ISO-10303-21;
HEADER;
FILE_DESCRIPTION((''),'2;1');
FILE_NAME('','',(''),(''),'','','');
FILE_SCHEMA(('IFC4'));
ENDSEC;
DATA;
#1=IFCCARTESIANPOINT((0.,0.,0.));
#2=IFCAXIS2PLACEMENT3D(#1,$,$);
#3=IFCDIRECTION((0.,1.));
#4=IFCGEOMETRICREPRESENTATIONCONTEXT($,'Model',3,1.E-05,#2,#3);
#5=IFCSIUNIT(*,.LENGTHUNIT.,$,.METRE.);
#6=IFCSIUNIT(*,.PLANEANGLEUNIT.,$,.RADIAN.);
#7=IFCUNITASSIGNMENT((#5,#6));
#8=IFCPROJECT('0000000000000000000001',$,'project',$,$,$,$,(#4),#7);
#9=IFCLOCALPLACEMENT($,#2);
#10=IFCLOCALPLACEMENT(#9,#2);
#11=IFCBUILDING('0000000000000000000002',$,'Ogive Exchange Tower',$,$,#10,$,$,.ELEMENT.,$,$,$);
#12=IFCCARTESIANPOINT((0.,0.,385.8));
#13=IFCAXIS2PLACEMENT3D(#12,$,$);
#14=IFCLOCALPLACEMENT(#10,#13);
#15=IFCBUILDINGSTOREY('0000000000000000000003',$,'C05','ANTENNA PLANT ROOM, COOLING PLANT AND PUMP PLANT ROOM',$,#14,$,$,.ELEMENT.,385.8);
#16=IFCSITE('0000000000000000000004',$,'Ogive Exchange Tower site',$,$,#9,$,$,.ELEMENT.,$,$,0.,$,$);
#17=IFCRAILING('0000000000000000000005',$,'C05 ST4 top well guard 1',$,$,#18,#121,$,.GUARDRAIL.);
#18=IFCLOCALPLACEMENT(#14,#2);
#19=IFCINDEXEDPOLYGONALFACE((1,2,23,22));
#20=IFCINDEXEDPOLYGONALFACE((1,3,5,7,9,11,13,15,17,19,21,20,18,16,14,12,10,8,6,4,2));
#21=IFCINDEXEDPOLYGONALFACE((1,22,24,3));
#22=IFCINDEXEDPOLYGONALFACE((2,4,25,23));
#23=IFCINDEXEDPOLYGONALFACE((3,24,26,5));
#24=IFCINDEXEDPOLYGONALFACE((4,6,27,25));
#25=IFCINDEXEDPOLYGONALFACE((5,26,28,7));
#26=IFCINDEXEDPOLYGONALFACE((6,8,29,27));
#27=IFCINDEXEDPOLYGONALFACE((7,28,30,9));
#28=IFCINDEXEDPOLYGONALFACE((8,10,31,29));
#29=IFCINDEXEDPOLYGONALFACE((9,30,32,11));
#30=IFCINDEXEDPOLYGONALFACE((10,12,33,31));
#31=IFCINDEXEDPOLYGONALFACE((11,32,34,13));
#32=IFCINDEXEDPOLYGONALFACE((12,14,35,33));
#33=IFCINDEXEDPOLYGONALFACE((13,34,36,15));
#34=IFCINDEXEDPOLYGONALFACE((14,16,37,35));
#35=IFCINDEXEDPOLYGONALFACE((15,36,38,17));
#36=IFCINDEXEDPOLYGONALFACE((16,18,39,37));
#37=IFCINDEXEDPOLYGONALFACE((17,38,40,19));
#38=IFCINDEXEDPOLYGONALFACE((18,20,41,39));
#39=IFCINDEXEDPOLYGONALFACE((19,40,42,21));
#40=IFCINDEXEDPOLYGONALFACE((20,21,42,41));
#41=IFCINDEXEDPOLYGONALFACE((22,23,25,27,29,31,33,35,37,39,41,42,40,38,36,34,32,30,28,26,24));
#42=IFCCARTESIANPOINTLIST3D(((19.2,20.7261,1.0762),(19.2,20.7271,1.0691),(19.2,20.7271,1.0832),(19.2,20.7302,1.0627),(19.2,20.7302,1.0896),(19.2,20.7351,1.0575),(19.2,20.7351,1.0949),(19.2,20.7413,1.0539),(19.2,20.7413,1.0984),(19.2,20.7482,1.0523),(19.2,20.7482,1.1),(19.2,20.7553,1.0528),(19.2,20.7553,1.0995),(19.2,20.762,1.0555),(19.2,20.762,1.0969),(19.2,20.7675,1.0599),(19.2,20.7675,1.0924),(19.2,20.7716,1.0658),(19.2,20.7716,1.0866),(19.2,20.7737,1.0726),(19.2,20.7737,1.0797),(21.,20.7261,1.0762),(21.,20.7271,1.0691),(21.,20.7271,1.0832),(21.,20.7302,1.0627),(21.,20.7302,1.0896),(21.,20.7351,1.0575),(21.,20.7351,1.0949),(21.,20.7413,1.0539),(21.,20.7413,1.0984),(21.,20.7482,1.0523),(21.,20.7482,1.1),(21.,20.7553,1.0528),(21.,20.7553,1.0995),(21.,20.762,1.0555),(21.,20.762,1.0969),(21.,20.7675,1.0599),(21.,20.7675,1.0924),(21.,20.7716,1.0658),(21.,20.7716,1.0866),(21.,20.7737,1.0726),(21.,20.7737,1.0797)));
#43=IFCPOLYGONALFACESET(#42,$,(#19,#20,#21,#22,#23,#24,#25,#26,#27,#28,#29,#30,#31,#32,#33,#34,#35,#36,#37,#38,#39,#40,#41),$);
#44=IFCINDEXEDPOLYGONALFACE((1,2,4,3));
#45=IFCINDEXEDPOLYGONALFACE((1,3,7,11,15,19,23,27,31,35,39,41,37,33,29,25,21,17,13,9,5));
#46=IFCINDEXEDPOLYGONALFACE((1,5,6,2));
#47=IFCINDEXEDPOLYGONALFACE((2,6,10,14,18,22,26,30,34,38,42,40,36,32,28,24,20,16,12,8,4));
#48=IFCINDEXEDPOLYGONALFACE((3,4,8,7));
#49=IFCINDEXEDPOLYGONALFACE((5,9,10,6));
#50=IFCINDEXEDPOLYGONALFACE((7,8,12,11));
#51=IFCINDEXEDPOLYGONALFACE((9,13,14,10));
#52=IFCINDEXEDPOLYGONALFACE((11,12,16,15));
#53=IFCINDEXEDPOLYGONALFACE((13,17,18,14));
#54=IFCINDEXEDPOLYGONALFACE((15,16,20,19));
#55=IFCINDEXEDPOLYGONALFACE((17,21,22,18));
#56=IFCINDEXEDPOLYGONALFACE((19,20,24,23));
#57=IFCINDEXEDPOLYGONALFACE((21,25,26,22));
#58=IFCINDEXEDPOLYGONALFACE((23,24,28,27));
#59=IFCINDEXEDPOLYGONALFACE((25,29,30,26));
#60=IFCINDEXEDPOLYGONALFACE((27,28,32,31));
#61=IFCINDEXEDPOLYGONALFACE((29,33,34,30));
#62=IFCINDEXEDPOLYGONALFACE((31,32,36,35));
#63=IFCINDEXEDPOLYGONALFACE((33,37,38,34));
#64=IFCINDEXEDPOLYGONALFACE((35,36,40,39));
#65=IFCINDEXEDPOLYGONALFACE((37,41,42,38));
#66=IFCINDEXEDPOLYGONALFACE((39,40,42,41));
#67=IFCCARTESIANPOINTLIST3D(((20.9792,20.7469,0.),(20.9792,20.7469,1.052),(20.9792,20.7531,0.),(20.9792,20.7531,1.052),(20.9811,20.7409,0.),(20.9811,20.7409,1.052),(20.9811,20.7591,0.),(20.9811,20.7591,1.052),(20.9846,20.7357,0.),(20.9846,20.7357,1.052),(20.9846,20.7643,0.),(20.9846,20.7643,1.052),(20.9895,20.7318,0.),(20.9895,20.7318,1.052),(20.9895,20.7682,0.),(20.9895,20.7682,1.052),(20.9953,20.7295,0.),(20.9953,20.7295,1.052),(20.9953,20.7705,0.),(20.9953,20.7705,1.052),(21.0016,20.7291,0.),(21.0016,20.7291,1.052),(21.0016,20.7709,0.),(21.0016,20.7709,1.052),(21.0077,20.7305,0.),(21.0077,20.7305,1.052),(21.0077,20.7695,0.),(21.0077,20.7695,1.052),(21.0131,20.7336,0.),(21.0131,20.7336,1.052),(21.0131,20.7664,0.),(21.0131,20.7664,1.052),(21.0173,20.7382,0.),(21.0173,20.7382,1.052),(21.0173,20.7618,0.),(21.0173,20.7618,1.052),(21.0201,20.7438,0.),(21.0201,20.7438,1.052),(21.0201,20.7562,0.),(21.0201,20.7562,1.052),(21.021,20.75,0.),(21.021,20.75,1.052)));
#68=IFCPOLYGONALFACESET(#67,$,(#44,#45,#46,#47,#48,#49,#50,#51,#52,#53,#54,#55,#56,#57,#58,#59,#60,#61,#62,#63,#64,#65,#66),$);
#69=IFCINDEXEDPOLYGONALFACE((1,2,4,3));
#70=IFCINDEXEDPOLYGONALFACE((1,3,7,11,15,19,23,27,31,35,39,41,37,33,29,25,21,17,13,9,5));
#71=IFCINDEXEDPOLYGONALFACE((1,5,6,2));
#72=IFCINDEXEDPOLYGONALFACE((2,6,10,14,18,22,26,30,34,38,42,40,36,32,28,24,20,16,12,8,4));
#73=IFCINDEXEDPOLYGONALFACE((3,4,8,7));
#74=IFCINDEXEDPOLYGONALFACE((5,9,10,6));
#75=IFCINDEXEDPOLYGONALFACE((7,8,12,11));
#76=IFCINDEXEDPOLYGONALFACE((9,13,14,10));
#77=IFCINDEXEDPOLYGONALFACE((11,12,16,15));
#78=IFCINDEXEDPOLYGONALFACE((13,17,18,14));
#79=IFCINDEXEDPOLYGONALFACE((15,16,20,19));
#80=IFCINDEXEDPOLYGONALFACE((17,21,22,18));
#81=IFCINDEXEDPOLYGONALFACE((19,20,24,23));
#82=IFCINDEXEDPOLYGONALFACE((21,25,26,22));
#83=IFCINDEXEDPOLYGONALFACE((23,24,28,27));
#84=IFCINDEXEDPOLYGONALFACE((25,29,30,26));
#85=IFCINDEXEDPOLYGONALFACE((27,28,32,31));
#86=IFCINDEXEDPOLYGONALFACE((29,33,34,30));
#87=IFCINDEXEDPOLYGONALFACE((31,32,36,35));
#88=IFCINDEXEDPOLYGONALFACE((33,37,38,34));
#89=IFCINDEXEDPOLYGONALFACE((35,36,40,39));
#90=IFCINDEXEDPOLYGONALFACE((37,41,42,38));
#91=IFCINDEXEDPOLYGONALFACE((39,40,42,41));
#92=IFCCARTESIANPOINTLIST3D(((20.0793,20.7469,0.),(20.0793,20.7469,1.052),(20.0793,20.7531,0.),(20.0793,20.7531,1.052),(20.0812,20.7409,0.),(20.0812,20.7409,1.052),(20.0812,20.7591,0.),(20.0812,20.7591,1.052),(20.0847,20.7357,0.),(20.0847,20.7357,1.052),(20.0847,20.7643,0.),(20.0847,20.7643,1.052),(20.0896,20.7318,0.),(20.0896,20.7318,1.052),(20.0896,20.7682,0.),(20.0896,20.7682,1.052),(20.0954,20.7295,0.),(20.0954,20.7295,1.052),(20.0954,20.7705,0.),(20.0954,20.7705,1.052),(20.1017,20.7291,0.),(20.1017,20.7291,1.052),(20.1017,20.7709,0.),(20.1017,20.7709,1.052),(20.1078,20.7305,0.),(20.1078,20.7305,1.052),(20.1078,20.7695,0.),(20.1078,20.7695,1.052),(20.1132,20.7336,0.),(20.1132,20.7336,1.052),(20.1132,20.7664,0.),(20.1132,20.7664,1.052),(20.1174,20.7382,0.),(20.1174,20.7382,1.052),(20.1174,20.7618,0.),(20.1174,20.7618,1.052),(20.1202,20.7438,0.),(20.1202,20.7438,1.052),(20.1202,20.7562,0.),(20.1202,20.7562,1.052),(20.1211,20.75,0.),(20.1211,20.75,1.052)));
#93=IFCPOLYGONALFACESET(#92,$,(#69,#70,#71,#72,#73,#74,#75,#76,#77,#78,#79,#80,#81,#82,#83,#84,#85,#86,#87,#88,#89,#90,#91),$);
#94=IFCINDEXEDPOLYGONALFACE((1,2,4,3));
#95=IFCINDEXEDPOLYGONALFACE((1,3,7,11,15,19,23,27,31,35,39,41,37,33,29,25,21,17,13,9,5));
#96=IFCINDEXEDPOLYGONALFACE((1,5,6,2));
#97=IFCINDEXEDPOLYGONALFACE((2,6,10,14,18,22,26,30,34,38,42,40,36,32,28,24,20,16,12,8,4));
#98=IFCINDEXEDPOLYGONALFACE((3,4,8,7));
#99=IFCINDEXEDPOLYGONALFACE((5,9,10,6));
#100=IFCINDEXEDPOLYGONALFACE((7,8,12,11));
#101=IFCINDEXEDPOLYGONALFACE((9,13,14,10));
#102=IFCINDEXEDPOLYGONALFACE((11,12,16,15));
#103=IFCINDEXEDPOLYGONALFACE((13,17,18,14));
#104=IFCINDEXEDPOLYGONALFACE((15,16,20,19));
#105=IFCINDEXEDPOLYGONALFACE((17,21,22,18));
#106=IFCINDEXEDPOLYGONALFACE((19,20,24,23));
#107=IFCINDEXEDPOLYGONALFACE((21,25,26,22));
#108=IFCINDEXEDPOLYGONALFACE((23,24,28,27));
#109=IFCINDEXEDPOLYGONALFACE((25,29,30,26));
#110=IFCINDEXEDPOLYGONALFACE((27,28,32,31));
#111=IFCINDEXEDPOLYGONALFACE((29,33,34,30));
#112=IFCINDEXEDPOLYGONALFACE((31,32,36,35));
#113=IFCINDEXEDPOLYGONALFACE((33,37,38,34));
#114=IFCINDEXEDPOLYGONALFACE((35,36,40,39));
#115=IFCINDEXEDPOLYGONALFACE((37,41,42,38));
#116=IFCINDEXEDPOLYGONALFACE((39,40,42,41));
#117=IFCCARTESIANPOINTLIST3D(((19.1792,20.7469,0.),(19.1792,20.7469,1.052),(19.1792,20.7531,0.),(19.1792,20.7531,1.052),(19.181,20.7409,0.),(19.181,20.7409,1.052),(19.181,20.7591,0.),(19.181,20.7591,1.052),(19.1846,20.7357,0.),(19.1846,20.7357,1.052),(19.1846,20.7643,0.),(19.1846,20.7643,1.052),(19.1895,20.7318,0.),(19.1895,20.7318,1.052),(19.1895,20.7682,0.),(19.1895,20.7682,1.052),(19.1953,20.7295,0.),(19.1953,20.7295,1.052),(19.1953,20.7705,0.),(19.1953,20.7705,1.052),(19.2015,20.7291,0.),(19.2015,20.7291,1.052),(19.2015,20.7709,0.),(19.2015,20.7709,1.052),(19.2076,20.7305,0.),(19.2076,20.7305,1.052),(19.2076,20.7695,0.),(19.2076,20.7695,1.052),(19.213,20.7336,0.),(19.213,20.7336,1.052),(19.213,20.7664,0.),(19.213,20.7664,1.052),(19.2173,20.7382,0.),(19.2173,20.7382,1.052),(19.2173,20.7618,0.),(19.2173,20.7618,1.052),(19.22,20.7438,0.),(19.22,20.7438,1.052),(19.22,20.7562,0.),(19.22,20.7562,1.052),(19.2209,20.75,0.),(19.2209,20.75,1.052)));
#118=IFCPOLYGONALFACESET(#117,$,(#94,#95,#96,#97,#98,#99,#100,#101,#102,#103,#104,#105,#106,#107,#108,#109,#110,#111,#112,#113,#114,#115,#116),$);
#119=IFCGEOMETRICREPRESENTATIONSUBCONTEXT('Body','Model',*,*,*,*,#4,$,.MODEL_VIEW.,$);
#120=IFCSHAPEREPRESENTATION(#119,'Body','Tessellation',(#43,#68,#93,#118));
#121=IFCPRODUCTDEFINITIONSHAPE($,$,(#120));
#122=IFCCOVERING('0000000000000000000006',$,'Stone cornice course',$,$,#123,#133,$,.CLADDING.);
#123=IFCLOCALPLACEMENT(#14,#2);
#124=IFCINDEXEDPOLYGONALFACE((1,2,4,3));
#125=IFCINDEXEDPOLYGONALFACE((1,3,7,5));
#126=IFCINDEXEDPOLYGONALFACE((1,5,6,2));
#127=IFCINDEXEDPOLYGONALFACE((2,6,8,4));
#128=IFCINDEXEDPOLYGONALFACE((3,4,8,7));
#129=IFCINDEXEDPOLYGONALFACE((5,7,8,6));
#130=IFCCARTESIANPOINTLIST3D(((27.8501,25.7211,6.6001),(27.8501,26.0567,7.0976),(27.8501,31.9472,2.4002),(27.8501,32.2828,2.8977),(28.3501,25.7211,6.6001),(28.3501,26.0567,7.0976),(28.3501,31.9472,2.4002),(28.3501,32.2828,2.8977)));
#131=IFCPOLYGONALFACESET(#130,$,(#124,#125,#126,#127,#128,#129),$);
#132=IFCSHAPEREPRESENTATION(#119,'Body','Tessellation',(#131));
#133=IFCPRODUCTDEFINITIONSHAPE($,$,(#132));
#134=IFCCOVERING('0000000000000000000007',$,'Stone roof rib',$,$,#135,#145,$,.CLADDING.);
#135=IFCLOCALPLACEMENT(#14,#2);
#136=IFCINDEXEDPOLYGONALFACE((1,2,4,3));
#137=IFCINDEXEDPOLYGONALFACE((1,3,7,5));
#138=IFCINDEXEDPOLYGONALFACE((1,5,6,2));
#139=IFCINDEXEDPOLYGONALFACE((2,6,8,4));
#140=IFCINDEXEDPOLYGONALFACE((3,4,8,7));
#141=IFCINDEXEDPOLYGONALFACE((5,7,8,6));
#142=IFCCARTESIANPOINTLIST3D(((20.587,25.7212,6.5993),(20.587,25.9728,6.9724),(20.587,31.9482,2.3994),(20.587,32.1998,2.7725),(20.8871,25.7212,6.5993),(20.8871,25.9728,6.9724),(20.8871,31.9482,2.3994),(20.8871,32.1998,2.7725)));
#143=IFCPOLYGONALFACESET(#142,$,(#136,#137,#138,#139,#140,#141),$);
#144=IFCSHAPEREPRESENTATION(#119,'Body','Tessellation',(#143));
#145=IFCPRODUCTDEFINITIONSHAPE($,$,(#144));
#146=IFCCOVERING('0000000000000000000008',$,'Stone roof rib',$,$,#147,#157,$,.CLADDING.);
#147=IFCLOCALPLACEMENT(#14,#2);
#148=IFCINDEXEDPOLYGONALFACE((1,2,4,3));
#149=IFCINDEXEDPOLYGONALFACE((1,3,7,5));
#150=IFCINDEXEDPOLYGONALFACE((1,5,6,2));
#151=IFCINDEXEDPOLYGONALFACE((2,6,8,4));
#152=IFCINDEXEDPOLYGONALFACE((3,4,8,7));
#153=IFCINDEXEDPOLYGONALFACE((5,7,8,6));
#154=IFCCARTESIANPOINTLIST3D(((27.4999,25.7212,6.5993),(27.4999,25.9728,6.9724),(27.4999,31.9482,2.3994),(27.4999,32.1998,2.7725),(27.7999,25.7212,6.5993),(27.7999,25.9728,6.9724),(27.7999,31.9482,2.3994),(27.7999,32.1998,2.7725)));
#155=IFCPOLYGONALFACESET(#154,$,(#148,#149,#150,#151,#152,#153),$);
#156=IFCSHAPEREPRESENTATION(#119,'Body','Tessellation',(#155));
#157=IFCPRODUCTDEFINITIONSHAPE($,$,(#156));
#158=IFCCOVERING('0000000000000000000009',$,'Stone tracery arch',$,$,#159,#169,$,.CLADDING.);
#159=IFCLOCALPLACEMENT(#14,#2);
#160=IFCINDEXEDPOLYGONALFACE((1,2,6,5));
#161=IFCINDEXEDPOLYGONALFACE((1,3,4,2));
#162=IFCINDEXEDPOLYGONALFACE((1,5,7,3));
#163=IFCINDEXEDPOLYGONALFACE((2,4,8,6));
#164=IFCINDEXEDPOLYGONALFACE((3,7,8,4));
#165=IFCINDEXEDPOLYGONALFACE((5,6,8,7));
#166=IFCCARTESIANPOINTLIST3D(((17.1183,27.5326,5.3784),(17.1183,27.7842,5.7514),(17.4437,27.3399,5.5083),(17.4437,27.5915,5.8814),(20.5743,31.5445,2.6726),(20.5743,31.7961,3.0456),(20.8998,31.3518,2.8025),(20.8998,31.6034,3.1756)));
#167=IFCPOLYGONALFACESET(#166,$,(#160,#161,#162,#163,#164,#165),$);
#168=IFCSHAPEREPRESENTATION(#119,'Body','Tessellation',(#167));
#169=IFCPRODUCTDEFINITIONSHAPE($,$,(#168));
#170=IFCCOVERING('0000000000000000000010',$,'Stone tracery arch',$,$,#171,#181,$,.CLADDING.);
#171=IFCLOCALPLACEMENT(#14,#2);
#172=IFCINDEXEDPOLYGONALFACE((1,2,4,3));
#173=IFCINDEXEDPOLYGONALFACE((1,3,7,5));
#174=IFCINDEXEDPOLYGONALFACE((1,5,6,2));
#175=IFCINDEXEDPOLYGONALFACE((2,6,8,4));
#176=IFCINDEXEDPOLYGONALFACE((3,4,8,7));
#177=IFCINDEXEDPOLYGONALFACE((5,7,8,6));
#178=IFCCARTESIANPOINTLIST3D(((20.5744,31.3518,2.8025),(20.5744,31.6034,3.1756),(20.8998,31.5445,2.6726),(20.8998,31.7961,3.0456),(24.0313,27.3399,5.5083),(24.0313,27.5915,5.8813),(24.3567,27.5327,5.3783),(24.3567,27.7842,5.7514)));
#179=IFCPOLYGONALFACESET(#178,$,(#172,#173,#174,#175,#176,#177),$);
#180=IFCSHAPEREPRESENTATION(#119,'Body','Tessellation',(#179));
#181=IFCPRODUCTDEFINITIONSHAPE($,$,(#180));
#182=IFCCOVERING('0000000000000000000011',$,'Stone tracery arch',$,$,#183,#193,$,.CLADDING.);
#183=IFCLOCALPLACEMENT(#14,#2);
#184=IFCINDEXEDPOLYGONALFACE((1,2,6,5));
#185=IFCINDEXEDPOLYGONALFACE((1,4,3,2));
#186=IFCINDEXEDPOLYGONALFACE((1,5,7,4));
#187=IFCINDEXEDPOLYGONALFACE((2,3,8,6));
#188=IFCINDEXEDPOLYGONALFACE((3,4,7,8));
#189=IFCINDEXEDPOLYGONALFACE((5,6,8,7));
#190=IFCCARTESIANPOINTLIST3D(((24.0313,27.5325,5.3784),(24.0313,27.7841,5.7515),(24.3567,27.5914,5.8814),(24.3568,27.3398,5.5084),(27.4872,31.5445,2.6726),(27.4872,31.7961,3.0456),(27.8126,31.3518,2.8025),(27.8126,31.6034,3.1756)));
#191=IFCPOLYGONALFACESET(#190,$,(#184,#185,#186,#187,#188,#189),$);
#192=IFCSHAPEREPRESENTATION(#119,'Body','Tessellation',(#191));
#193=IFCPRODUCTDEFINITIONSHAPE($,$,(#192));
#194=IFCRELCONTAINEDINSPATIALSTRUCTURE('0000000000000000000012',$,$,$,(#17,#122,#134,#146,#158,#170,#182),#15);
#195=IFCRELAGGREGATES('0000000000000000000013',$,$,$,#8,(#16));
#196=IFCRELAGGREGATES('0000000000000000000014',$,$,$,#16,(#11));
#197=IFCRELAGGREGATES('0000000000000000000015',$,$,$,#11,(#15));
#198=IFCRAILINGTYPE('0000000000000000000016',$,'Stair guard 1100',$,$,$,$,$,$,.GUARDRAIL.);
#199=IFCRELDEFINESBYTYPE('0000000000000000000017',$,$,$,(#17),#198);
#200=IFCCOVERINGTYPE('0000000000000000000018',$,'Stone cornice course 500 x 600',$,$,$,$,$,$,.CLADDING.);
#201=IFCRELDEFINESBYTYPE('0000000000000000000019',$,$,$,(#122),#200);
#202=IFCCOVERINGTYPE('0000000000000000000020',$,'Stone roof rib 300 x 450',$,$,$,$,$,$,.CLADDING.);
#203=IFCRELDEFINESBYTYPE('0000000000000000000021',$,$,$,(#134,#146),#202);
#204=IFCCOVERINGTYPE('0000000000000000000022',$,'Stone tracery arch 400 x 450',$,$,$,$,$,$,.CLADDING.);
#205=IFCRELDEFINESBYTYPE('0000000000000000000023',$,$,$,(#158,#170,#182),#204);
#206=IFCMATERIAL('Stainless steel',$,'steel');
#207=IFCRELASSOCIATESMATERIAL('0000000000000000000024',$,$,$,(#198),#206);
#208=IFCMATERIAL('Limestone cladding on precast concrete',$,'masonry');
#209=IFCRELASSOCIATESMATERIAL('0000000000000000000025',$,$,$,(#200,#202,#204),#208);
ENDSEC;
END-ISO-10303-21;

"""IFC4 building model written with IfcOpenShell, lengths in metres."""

from ifc_helpers import new_model, si_unit, direction, frame, origin, origin_2d, place, context, subcontext, project, spatial, rectangle, circle, extrude, material, material_profile, profile_set, type_object, element, save


model = new_model("IFC4")

# Units and contexts
model_context = context("Model", 3, precision=1e-05, world=origin(), true_north=direction((0.0, 1.0)))
body_context = subcontext(model_context, "Body", "Model", "MODEL_VIEW")
ifc_project = project(units=[si_unit("LENGTHUNIT", "METRE"), si_unit("PLANEANGLEUNIT", "RADIAN")], contexts=[model_context])

# Site, building, storey
site_placement = place(None, origin())
site = spatial("IfcSite", under=ifc_project, at=site_placement, Name="Ogive Exchange Tower site", CompositionType="ELEMENT", RefElevation=0.0)
building_placement = place(site_placement, origin())
building = spatial("IfcBuilding", under=site, at=building_placement, Name="Ogive Exchange Tower", CompositionType="ELEMENT")
storey_placement = place(building_placement, frame((0.0, 0.0, 385.8)))
storey = spatial("IfcBuildingStorey", under=building, at=storey_placement, Name="C05", Description="ANTENNA PLANT ROOM, COOLING PLANT AND PUMP PLANT ROOM", CompositionType="ELEMENT", Elevation=385.8)

# Railing
ifc_material_1 = material(Name="Stainless steel", Category="steel")
railing_type = type_object("IfcRailingType", Name="Stair guard 1100", PredefinedType="GUARDRAIL", material=ifc_material_1)
railing_placement = place(storey_placement, frame((21.0, 20.75, 0.0)))
element("IfcRailing", 1, at=railing_placement, inside=storey, type_object=railing_type, Name="C05 ST4 top well guard 1", PredefinedType="GUARDRAIL", context=body_context, shape_type="SweptSolid", body=[
    extrude(circle(Radius=0.0239, at=origin_2d()), frame((0.0, 0.0, 1.0762), z_axis=(-1.0, 0.0, 0.0), x_axis=(0.0, -1.0, 0.0)), (0.0, 0.0, 1.0), 1.8),
    extrude(circle(Radius=0.021, at=origin_2d()), origin(), (0.0, 0.0, 1.0), 1.052),
    extrude(circle(Radius=0.021, at=origin_2d()), frame((-0.8999, 0.0, 0.0)), (0.0, 0.0, 1.0), 1.052),
    extrude(circle(Radius=0.021, at=origin_2d()), frame((-1.8, 0.0, 0.0)), (0.0, 0.0, 1.0), 1.052),
])

# Coverings
ifc_material_2 = material(Name="Limestone cladding on precast concrete", Category="masonry")
ifc_material_profile_1 = material_profile(ifc_material_2, rectangle(XDim=0.5, YDim=0.6001, at=origin_2d()), Name="CORNICE 500 x 600")
ifc_profile_set_1 = profile_set([ifc_material_profile_1], Name="Limestone cladding on precast concrete")
covering_type_1 = type_object("IfcCoveringType", Name="Stone cornice course 500 x 600", PredefinedType="CLADDING", material=ifc_profile_set_1)
covering_1_placement = place(storey_placement, frame((28.1001, 25.8889, 6.8489), z_axis=(0.0, 0.829012, -0.559231), x_axis=(-1.0, 0.0, 0.0)))
element("IfcCovering", 2, at=covering_1_placement, inside=storey, type_object=covering_type_1, Name="Stone cornice course", PredefinedType="CLADDING", context=body_context, shape_type="SweptSolid", body=[
    extrude(rectangle(XDim=0.5, YDim=0.6001, at=origin_2d()), origin(), (0.0, 0.0, 1.0), 7.5103),
])
ifc_material_profile_2 = material_profile(ifc_material_2, rectangle(XDim=0.3, YDim=0.45, at=origin_2d()), Name="RIB 300 x 450")
ifc_profile_set_2 = profile_set([ifc_material_profile_2], Name="Limestone cladding on precast concrete")
covering_type_2 = type_object("IfcCoveringType", Name="Stone roof rib 300 x 450", PredefinedType="CLADDING", material=ifc_profile_set_2)
for number, where, z_axis, x_axis, name in (
    (3, (20.7371, 32.074, 2.5859), (0.0, -0.829053, 0.55917), (1.0, 0.0, 0.0), "Stone roof rib"),
    (4, (27.6499, 32.074, 2.5859), (0.0, -0.829053, 0.55917), (1.0, 0.0, 0.0), "Stone roof rib"),
):
    element("IfcCovering", number, at=place(storey_placement, frame(where, z_axis=z_axis, x_axis=x_axis)), inside=storey, type_object=covering_type_2, Name=name, PredefinedType="CLADDING", context=body_context, shape_type="SweptSolid", body=[
        extrude(rectangle(XDim=0.3, YDim=0.45, at=origin_2d()), origin(), (0.0, 0.0, 1.0), 7.511),
    ])
ifc_material_profile_3 = material_profile(ifc_material_2, rectangle(XDim=0.3999, YDim=0.45, at=origin_2d()), Name="TRACERY 400 x 450")
ifc_profile_set_3 = profile_set([ifc_material_profile_3], Name="Limestone cladding on precast concrete")
covering_type_3 = type_object("IfcCoveringType", Name="Stone tracery arch 400 x 450", PredefinedType="CLADDING", material=ifc_profile_set_3)
covering_2_placement = place(storey_placement, frame((20.7371, 31.574, 2.9241), z_axis=(-0.581186, -0.67467, 0.455021), x_axis=(0.813771, -0.481829, 0.324988)))
element("IfcCovering", 5, at=covering_2_placement, inside=storey, type_object=covering_type_3, Name="Stone tracery arch", PredefinedType="CLADDING", context=body_context, shape_type="SweptSolid", body=[
    extrude(rectangle(XDim=0.3999, YDim=0.45, at=origin_2d()), origin(), (0.0, 0.0, 1.0), 5.9465),
])
covering_3_placement = place(storey_placement, frame((20.7371, 31.574, 2.9241), z_axis=(0.581294, -0.674605, 0.454978), x_axis=(0.813693, 0.481935, -0.325025)))
element("IfcCovering", 6, at=covering_3_placement, inside=storey, type_object=covering_type_3, Name="Stone tracery arch", PredefinedType="CLADDING", context=body_context, shape_type="SweptSolid", body=[
    extrude(rectangle(XDim=0.3999, YDim=0.45, at=origin_2d()), origin(), (0.0, 0.0, 1.0), 5.947),
])
covering_4_placement = place(storey_placement, frame((27.6499, 31.574, 2.9241), z_axis=(-0.581158, -0.674686, 0.455032), x_axis=(0.81379, -0.481778, 0.325015)))
element("IfcCovering", 7, at=covering_4_placement, inside=storey, type_object=covering_type_3, Name="Stone tracery arch", PredefinedType="CLADDING", context=body_context, shape_type="SweptSolid", body=[
    extrude(rectangle(XDim=0.3999, YDim=0.45, at=origin_2d()), origin(), (0.0, 0.0, 1.0), 5.9465),
])

save(model, "model.ifc")
